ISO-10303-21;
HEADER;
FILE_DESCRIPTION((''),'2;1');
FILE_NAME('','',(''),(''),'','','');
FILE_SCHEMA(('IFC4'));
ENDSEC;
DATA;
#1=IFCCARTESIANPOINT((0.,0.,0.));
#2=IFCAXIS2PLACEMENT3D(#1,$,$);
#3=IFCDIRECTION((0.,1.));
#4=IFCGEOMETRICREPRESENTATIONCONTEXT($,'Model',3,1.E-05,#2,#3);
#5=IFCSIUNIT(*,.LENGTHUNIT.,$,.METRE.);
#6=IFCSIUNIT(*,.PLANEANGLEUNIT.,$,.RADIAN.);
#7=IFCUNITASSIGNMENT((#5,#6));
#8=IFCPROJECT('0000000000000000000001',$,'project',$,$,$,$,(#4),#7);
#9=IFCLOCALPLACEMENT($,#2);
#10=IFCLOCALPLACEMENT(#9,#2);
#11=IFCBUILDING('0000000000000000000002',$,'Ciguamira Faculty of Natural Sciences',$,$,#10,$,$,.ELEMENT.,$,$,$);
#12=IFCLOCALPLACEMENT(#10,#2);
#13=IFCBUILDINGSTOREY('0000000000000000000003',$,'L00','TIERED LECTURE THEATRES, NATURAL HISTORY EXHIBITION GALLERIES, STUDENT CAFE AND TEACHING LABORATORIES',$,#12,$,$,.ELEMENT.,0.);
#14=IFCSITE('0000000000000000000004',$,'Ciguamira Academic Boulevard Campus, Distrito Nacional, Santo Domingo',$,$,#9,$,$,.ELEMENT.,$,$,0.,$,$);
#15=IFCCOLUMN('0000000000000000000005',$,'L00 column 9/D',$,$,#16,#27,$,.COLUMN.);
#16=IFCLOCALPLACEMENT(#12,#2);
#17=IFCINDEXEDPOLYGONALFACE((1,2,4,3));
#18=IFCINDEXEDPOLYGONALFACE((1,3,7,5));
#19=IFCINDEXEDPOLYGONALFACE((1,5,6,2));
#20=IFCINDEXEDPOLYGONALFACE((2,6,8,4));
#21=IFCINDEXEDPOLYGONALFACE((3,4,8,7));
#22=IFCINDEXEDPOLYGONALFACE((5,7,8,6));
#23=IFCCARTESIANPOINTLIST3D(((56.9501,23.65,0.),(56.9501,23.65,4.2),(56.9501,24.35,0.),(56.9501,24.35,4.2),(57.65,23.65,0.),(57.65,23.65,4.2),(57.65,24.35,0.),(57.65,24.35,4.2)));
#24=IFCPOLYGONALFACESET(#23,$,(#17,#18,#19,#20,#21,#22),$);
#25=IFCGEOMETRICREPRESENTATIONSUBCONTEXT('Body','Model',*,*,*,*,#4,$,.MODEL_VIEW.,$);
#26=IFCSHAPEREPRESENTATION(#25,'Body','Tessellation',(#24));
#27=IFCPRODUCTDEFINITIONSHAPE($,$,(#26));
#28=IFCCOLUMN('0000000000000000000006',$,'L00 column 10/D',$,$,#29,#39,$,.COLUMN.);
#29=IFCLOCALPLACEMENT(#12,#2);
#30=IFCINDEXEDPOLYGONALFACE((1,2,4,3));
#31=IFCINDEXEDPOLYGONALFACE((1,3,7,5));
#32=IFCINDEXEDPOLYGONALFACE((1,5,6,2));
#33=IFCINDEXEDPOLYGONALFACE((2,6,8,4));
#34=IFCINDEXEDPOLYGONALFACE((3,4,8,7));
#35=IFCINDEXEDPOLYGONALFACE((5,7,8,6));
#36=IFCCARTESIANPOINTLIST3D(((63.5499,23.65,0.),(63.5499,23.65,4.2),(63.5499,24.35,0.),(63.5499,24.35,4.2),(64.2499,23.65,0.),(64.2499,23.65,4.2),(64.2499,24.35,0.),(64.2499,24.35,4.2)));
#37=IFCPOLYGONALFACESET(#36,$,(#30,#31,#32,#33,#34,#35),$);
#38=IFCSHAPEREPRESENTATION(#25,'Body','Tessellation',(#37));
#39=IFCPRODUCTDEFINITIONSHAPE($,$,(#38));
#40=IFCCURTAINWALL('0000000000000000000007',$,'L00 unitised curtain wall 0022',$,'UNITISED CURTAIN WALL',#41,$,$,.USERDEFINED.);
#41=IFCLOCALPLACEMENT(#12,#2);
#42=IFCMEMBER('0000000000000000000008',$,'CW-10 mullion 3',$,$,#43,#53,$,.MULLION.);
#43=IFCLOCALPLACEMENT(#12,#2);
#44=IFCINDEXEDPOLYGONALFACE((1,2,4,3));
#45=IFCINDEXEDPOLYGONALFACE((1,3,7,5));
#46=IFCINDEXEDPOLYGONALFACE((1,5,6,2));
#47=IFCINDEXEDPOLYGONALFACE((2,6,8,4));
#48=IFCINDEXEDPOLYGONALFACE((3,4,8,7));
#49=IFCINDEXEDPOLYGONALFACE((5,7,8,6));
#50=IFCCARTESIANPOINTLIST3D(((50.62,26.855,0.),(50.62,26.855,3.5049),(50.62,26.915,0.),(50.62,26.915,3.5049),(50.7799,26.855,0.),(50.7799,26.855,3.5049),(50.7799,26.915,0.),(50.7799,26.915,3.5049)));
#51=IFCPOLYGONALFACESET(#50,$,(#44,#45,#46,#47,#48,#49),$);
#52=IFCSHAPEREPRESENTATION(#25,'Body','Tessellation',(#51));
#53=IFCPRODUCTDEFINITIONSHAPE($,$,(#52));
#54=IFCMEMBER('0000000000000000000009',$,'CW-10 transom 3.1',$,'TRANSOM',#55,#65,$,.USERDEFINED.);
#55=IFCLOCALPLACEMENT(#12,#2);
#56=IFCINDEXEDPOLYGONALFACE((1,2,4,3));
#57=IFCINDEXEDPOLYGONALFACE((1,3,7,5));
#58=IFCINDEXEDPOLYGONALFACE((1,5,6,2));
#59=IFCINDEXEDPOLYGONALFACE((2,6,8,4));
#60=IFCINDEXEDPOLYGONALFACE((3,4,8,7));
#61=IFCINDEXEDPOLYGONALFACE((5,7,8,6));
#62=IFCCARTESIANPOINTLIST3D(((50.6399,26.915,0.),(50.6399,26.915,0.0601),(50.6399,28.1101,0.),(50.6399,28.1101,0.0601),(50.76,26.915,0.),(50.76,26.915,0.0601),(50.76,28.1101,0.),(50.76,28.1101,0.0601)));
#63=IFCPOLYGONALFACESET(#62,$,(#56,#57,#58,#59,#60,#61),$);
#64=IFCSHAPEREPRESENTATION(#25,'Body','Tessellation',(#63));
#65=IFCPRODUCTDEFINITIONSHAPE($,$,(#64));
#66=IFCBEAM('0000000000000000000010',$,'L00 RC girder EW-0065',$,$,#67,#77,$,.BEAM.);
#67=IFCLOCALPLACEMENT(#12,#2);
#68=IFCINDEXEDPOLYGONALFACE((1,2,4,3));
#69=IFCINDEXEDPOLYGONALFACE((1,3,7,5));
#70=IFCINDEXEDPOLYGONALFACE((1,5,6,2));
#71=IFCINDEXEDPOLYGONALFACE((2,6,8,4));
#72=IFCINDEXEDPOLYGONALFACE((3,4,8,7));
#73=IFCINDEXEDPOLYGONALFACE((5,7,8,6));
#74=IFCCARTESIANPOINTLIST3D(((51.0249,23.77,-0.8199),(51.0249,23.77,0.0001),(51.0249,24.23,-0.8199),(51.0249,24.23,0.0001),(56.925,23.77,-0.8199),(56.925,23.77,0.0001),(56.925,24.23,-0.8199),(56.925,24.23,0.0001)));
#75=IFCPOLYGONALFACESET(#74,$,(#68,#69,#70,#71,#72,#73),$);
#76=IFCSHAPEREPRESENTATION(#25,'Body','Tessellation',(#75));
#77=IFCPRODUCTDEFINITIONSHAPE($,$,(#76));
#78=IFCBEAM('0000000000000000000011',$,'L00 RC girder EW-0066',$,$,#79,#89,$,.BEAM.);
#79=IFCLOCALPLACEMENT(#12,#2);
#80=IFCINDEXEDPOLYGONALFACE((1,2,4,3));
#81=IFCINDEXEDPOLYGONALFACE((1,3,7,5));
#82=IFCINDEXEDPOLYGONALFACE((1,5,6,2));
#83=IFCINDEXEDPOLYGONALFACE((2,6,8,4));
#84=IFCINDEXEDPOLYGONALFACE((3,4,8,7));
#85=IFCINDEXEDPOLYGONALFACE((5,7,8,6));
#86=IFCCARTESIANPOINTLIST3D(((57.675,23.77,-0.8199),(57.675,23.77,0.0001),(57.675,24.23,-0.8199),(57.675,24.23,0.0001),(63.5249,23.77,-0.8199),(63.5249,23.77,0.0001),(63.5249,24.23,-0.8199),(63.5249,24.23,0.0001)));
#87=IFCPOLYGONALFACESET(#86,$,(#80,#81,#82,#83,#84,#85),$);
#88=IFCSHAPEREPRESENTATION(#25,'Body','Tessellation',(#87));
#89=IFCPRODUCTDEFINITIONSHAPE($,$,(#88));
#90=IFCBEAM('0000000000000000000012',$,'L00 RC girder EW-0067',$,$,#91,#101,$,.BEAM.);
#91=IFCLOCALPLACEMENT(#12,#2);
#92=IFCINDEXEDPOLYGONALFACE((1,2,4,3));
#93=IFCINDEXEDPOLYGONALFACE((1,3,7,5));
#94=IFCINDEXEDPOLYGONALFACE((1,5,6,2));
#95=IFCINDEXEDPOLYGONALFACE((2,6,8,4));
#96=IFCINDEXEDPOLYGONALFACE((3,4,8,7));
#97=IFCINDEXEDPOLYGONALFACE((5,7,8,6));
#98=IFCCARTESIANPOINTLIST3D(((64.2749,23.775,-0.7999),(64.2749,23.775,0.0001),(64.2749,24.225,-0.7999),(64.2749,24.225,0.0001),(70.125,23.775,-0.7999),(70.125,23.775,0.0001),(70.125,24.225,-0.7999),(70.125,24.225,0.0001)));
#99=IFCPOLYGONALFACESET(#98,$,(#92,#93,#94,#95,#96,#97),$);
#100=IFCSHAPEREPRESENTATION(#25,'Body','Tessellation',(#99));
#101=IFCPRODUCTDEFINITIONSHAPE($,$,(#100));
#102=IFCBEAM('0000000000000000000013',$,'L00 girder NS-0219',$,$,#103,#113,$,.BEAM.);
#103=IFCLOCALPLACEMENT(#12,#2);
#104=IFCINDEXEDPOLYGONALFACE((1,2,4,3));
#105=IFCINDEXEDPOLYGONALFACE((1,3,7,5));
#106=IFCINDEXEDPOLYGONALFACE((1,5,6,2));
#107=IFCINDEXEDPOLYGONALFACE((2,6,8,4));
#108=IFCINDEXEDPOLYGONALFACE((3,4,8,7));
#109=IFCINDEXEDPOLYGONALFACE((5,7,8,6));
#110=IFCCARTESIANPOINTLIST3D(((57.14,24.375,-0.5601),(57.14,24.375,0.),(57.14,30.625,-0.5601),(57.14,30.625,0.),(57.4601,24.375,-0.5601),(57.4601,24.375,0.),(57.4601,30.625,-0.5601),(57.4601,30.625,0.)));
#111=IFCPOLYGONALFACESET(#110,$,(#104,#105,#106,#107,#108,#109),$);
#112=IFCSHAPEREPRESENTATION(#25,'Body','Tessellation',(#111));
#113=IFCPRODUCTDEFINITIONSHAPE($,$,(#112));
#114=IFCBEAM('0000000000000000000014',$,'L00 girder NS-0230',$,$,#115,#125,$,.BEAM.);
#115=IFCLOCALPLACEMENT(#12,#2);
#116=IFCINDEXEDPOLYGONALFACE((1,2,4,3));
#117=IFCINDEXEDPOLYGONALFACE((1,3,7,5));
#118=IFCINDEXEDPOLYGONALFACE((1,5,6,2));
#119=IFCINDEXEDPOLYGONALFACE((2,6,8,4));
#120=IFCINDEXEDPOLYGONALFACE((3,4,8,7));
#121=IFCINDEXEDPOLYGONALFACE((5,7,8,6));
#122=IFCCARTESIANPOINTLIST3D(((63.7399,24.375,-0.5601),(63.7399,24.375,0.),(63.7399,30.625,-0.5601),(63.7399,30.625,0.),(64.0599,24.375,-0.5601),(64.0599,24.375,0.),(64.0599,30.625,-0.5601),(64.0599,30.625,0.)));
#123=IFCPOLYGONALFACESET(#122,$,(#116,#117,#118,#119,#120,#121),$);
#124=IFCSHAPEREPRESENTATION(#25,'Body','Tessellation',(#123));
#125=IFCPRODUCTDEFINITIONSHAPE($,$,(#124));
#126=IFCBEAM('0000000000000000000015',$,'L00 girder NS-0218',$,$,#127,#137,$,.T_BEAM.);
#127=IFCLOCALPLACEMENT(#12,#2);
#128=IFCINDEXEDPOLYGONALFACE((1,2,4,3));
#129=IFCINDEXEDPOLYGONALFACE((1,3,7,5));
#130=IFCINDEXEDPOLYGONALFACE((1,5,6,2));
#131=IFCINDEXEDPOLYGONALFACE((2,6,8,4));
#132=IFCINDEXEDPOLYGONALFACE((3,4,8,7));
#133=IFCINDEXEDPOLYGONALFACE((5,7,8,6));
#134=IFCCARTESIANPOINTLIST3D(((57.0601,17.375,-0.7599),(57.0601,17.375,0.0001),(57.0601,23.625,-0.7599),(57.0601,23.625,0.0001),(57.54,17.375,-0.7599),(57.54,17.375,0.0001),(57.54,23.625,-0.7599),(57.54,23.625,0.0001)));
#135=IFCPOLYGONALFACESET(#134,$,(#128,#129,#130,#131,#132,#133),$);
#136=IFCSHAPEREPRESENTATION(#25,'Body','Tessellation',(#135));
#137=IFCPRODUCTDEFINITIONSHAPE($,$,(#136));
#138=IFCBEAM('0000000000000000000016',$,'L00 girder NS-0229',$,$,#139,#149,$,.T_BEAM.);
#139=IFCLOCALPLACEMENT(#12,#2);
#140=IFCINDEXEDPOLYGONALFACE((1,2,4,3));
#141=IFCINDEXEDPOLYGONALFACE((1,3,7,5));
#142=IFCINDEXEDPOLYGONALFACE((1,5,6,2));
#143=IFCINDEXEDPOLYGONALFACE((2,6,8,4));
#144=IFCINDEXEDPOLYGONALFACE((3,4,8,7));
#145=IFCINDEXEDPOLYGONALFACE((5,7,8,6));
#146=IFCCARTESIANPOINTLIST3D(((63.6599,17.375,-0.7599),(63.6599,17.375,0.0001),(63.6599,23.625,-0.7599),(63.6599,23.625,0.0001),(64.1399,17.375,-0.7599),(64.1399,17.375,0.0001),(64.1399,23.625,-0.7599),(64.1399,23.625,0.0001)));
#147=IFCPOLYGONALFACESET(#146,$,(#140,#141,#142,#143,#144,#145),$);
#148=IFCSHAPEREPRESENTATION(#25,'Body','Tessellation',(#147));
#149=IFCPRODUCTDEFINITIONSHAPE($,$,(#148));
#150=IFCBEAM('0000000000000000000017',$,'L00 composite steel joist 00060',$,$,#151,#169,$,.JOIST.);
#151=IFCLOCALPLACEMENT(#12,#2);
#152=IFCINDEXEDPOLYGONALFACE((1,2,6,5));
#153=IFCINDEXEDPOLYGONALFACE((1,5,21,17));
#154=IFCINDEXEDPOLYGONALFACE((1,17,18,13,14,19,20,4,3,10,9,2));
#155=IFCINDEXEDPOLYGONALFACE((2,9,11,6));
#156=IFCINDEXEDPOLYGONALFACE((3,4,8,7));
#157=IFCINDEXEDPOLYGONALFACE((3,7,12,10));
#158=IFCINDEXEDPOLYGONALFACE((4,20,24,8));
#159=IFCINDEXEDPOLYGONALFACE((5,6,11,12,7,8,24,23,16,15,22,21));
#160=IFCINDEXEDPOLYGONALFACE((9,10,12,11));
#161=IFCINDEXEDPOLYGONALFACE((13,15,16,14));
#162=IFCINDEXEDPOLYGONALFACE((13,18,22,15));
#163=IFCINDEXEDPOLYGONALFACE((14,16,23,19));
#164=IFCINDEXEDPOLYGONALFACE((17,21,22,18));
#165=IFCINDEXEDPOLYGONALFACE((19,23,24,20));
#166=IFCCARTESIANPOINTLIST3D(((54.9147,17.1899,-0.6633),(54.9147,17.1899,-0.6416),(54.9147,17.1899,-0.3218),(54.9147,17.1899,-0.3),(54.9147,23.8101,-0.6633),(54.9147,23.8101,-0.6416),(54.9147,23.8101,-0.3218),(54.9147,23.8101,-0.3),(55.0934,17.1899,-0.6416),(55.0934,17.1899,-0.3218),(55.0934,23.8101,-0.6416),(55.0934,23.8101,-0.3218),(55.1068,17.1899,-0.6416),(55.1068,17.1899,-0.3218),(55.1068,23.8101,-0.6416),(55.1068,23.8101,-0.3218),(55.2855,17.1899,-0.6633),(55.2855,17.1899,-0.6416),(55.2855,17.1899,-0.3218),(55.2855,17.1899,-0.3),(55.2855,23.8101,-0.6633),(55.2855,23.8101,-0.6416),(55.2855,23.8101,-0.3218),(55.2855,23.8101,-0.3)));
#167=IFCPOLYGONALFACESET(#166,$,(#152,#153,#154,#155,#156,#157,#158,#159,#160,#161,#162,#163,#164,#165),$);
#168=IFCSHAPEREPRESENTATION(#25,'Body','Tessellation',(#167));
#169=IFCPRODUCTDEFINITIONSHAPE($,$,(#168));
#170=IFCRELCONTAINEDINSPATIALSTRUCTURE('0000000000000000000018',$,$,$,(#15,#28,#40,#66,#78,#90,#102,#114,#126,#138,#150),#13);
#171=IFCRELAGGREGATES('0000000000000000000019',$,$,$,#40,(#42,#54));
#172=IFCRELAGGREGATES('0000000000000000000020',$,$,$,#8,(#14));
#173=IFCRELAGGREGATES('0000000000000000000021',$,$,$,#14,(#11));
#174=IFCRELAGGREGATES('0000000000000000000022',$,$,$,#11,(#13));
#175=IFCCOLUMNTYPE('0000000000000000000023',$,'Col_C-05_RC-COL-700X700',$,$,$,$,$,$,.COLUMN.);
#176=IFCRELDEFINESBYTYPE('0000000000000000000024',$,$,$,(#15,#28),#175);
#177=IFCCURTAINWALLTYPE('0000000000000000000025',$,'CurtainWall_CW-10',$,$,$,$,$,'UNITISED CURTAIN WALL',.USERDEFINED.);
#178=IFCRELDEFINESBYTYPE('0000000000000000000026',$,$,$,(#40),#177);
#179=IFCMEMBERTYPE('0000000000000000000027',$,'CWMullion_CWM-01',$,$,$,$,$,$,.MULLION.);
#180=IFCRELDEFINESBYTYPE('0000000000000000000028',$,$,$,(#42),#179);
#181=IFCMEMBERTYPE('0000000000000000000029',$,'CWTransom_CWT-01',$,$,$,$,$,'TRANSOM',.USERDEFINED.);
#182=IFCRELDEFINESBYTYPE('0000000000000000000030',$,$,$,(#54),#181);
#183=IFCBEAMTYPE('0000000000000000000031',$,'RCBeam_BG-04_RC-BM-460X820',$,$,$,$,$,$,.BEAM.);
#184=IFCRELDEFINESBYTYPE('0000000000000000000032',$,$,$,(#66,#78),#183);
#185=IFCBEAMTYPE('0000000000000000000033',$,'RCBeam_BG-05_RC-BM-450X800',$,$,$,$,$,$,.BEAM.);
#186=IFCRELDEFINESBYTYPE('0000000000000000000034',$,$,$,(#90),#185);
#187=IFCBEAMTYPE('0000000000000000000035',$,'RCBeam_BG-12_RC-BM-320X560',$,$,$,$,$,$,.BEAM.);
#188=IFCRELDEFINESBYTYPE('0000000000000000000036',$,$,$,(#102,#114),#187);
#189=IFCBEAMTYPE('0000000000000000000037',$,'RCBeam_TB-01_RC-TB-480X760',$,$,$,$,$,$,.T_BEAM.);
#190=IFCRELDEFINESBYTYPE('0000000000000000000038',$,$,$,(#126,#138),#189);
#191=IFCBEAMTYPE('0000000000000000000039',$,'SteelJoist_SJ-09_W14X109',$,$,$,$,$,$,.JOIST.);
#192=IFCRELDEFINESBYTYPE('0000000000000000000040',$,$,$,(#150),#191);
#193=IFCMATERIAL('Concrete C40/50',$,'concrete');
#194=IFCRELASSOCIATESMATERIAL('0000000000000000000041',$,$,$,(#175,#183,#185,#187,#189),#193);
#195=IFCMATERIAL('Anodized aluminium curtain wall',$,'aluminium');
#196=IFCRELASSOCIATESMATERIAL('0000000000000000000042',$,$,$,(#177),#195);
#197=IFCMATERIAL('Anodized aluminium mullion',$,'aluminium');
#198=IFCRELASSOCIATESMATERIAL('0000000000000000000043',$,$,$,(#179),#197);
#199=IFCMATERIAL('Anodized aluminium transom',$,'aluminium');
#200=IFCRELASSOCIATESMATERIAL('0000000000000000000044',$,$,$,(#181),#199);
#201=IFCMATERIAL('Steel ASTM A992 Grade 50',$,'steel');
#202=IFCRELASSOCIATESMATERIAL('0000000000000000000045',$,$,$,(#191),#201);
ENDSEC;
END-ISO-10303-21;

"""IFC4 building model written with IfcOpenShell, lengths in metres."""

from ifc_helpers import new_model, si_unit, direction, frame, origin, origin_2d, place, context, subcontext, project, spatial, rectangle, i_section, extrude, material, material_profile, profile_set, type_object, element, aggregate, save


model = new_model("IFC4")

# Units and contexts
model_context = context("Model", 3, precision=1e-05, world=origin(), true_north=direction((0.0, 1.0)))
body_context = subcontext(model_context, "Body", "Model", "MODEL_VIEW")
ifc_project = project(units=[si_unit("LENGTHUNIT", "METRE"), si_unit("PLANEANGLEUNIT", "RADIAN")], contexts=[model_context])

# Site, building, storey
site_placement = place(None, origin())
site = spatial("IfcSite", under=ifc_project, at=site_placement, Name="Ciguamira Academic Boulevard Campus, Distrito Nacional, Santo Domingo", CompositionType="ELEMENT", RefElevation=0.0)
building_placement = place(site_placement, origin())
building = spatial("IfcBuilding", under=site, at=building_placement, Name="Ciguamira Faculty of Natural Sciences", CompositionType="ELEMENT")
storey_placement = place(building_placement, origin())
storey = spatial("IfcBuildingStorey", under=building, at=storey_placement, Name="L00", Description="TIERED LECTURE THEATRES, NATURAL HISTORY EXHIBITION GALLERIES, STUDENT CAFE AND TEACHING LABORATORIES", CompositionType="ELEMENT", Elevation=0.0)

# Columns
ifc_material_1 = material(Name="Concrete C40/50", Category="concrete")
ifc_material_profile_1 = material_profile(ifc_material_1, rectangle(XDim=0.7, YDim=0.7, at=origin_2d()), Name="RC-COL-700X700")
ifc_profile_set_1 = profile_set([ifc_material_profile_1], Name="Concrete C40/50")
column_type = type_object("IfcColumnType", Name="Col_C-05_RC-COL-700X700", PredefinedType="COLUMN", material=ifc_profile_set_1)
for number, where, z_axis, x_axis, name in (
    (1, (57.3, 24.0, 0.0), (0.0, 0.0, 1.0), (1.0, 0.0, 0.0), "L00 column 9/D"),
    (2, (63.8999, 24.0, 0.0), (0.0, 0.0, 1.0), (1.0, 0.0, 0.0), "L00 column 10/D"),
):
    element("IfcColumn", number, at=place(storey_placement, frame(where, z_axis=z_axis, x_axis=x_axis)), inside=storey, type_object=column_type, Name=name, PredefinedType="COLUMN", context=body_context, shape_type="SweptSolid", body=[
        extrude(rectangle(XDim=0.7, YDim=0.7, at=origin_2d()), origin(), (0.0, 0.0, 1.0), 4.2),
    ])

# Curtain wall, members
ifc_material_2 = material(Name="Anodized aluminium curtain wall", Category="aluminium")
curtain_wall_type = type_object("IfcCurtainWallType", Name="CurtainWall_CW-10", ElementType="UNITISED CURTAIN WALL", PredefinedType="USERDEFINED", material=ifc_material_2)
curtain_wall_placement = place(storey_placement, origin())
curtain_wall = element("IfcCurtainWall", 3, at=curtain_wall_placement, inside=storey, type_object=curtain_wall_type, Name="L00 unitised curtain wall 0022", ObjectType="UNITISED CURTAIN WALL", PredefinedType="USERDEFINED")
ifc_material_3 = material(Name="Anodized aluminium mullion", Category="aluminium")
ifc_material_profile_2 = material_profile(ifc_material_3, rectangle(XDim=0.0601, YDim=0.1599, at=origin_2d()), Name="ALU-MUL-60X160")
ifc_profile_set_2 = profile_set([ifc_material_profile_2], Name="Anodized aluminium mullion")
member_type_1 = type_object("IfcMemberType", Name="CWMullion_CWM-01", PredefinedType="MULLION", material=ifc_profile_set_2)
member_1_placement = place(storey_placement, frame((50.7, 26.885, 0.0), z_axis=(0.0, 0.0, 1.0), x_axis=(0.0, 1.0, 0.0)))
member_1 = element("IfcMember", 4, at=member_1_placement, type_object=member_type_1, Name="CW-10 mullion 3", PredefinedType="MULLION", context=body_context, shape_type="SweptSolid", body=[
    extrude(rectangle(XDim=0.0601, YDim=0.1599, at=origin_2d()), origin(), (0.0, 0.0, 1.0), 3.5049),
])
ifc_material_4 = material(Name="Anodized aluminium transom", Category="aluminium")
ifc_material_profile_3 = material_profile(ifc_material_4, rectangle(XDim=0.0601, YDim=0.1201, at=origin_2d()), Name="ALU-TRN-60X120")
ifc_profile_set_3 = profile_set([ifc_material_profile_3], Name="Anodized aluminium transom")
member_type_2 = type_object("IfcMemberType", Name="CWTransom_CWT-01", ElementType="TRANSOM", PredefinedType="USERDEFINED", material=ifc_profile_set_3)
member_2_placement = place(storey_placement, frame((50.7, 26.915, 0.03), z_axis=(0.0, 1.0, 0.0), x_axis=(0.0, 0.0, 1.0)))
member_2 = element("IfcMember", 5, at=member_2_placement, type_object=member_type_2, Name="CW-10 transom 3.1", ObjectType="TRANSOM", PredefinedType="USERDEFINED", context=body_context, shape_type="SweptSolid", body=[
    extrude(rectangle(XDim=0.0601, YDim=0.1201, at=origin_2d()), origin(), (0.0, 0.0, 1.0), 1.1951),
])

# Beams
ifc_material_profile_4 = material_profile(ifc_material_1, rectangle(XDim=0.46, YDim=0.8201, at=origin_2d()), Name="RC-BM-460X820")
ifc_profile_set_4 = profile_set([ifc_material_profile_4], Name="Concrete C40/50")
beam_type_1 = type_object("IfcBeamType", Name="RCBeam_BG-04_RC-BM-460X820", PredefinedType="BEAM", material=ifc_profile_set_4)
beam_1_placement = place(storey_placement, frame((51.0249, 24.0, -0.4099), z_axis=(1.0, 0.0, 0.0), x_axis=(0.0, 1.0, 0.0)))
element("IfcBeam", 6, at=beam_1_placement, inside=storey, type_object=beam_type_1, Name="L00 RC girder EW-0065", PredefinedType="BEAM", context=body_context, shape_type="SweptSolid", body=[
    extrude(rectangle(XDim=0.46, YDim=0.8201, at=origin_2d()), origin(), (0.0, 0.0, 1.0), 5.9001),
])
beam_2_placement = place(storey_placement, frame((57.675, 24.0, -0.4099), z_axis=(1.0, 0.0, 0.0), x_axis=(0.0, 1.0, 0.0)))
element("IfcBeam", 7, at=beam_2_placement, inside=storey, type_object=beam_type_1, Name="L00 RC girder EW-0066", PredefinedType="BEAM", context=body_context, shape_type="SweptSolid", body=[
    extrude(rectangle(XDim=0.46, YDim=0.8201, at=origin_2d()), origin(), (0.0, 0.0, 1.0), 5.8499),
])
ifc_material_profile_5 = material_profile(ifc_material_1, rectangle(XDim=0.45, YDim=0.8, at=origin_2d()), Name="RC-BM-450X800")
ifc_profile_set_5 = profile_set([ifc_material_profile_5], Name="Concrete C40/50")
beam_type_2 = type_object("IfcBeamType", Name="RCBeam_BG-05_RC-BM-450X800", PredefinedType="BEAM", material=ifc_profile_set_5)
beam_3_placement = place(storey_placement, frame((64.2749, 24.0, -0.3999), z_axis=(1.0, 0.0, 0.0), x_axis=(0.0, 1.0, 0.0)))
element("IfcBeam", 8, at=beam_3_placement, inside=storey, type_object=beam_type_2, Name="L00 RC girder EW-0067", PredefinedType="BEAM", context=body_context, shape_type="SweptSolid", body=[
    extrude(rectangle(XDim=0.45, YDim=0.8, at=origin_2d()), origin(), (0.0, 0.0, 1.0), 5.8501),
])
ifc_material_profile_6 = material_profile(ifc_material_1, rectangle(XDim=0.3201, YDim=0.5601, at=origin_2d()), Name="RC-BM-320X560")
ifc_profile_set_6 = profile_set([ifc_material_profile_6], Name="Concrete C40/50")
beam_type_3 = type_object("IfcBeamType", Name="RCBeam_BG-12_RC-BM-320X560", PredefinedType="BEAM", material=ifc_profile_set_6)
for number, where, z_axis, x_axis, name in (
    (9, (57.3, 24.375, -0.28), (0.0, 1.0, 0.0), (-1.0, 0.0, 0.0), "L00 girder NS-0219"),
    (10, (63.8999, 24.375, -0.28), (0.0, 1.0, 0.0), (-1.0, 0.0, 0.0), "L00 girder NS-0230"),
):
    element("IfcBeam", number, at=place(storey_placement, frame(where, z_axis=z_axis, x_axis=x_axis)), inside=storey, type_object=beam_type_3, Name=name, PredefinedType="BEAM", context=body_context, shape_type="SweptSolid", body=[
        extrude(rectangle(XDim=0.3201, YDim=0.5601, at=origin_2d()), origin(), (0.0, 0.0, 1.0), 6.25),
    ])
ifc_material_profile_7 = material_profile(ifc_material_1, rectangle(XDim=0.48, YDim=0.76, at=origin_2d()), Name="RC-TB-480X760")
ifc_profile_set_7 = profile_set([ifc_material_profile_7], Name="Concrete C40/50")
beam_type_4 = type_object("IfcBeamType", Name="RCBeam_TB-01_RC-TB-480X760", PredefinedType="T_BEAM", material=ifc_profile_set_7)
for number, where, z_axis, x_axis, name in (
    (11, (57.3, 17.375, -0.3799), (0.0, 1.0, 0.0), (-1.0, 0.0, 0.0), "L00 girder NS-0218"),
    (12, (63.8999, 17.375, -0.3799), (0.0, 1.0, 0.0), (-1.0, 0.0, 0.0), "L00 girder NS-0229"),
):
    element("IfcBeam", number, at=place(storey_placement, frame(where, z_axis=z_axis, x_axis=x_axis)), inside=storey, type_object=beam_type_4, Name=name, PredefinedType="T_BEAM", context=body_context, shape_type="SweptSolid", body=[
        extrude(rectangle(XDim=0.48, YDim=0.76, at=origin_2d()), origin(), (0.0, 0.0, 1.0), 6.25),
    ])
ifc_material_5 = material(Name="Steel ASTM A992 Grade 50", Category="steel")
ifc_material_profile_8 = material_profile(ifc_material_5, i_section(OverallWidth=0.3708, OverallDepth=0.3633, WebThickness=0.0134, FlangeThickness=0.0217, at=origin_2d()), Name="W14X109")
ifc_profile_set_8 = profile_set([ifc_material_profile_8], Name="Steel ASTM A992 Grade 50")
beam_type_5 = type_object("IfcBeamType", Name="SteelJoist_SJ-09_W14X109", PredefinedType="JOIST", material=ifc_profile_set_8)
beam_4_placement = place(storey_placement, frame((55.1001, 17.1899, -0.4817), z_axis=(0.0, 1.0, 0.0), x_axis=(-1.0, 0.0, 0.0)))
element("IfcBeam", 13, at=beam_4_placement, inside=storey, type_object=beam_type_5, Name="L00 composite steel joist 00060", PredefinedType="JOIST", context=body_context, shape_type="SweptSolid", body=[
    extrude(i_section(OverallWidth=0.3708, OverallDepth=0.3633, WebThickness=0.0134, FlangeThickness=0.0217, at=origin_2d()), origin(), (0.0, 0.0, 1.0), 6.6201),
])

aggregate(curtain_wall, [member_1, member_2])

save(model, "model.ifc")
